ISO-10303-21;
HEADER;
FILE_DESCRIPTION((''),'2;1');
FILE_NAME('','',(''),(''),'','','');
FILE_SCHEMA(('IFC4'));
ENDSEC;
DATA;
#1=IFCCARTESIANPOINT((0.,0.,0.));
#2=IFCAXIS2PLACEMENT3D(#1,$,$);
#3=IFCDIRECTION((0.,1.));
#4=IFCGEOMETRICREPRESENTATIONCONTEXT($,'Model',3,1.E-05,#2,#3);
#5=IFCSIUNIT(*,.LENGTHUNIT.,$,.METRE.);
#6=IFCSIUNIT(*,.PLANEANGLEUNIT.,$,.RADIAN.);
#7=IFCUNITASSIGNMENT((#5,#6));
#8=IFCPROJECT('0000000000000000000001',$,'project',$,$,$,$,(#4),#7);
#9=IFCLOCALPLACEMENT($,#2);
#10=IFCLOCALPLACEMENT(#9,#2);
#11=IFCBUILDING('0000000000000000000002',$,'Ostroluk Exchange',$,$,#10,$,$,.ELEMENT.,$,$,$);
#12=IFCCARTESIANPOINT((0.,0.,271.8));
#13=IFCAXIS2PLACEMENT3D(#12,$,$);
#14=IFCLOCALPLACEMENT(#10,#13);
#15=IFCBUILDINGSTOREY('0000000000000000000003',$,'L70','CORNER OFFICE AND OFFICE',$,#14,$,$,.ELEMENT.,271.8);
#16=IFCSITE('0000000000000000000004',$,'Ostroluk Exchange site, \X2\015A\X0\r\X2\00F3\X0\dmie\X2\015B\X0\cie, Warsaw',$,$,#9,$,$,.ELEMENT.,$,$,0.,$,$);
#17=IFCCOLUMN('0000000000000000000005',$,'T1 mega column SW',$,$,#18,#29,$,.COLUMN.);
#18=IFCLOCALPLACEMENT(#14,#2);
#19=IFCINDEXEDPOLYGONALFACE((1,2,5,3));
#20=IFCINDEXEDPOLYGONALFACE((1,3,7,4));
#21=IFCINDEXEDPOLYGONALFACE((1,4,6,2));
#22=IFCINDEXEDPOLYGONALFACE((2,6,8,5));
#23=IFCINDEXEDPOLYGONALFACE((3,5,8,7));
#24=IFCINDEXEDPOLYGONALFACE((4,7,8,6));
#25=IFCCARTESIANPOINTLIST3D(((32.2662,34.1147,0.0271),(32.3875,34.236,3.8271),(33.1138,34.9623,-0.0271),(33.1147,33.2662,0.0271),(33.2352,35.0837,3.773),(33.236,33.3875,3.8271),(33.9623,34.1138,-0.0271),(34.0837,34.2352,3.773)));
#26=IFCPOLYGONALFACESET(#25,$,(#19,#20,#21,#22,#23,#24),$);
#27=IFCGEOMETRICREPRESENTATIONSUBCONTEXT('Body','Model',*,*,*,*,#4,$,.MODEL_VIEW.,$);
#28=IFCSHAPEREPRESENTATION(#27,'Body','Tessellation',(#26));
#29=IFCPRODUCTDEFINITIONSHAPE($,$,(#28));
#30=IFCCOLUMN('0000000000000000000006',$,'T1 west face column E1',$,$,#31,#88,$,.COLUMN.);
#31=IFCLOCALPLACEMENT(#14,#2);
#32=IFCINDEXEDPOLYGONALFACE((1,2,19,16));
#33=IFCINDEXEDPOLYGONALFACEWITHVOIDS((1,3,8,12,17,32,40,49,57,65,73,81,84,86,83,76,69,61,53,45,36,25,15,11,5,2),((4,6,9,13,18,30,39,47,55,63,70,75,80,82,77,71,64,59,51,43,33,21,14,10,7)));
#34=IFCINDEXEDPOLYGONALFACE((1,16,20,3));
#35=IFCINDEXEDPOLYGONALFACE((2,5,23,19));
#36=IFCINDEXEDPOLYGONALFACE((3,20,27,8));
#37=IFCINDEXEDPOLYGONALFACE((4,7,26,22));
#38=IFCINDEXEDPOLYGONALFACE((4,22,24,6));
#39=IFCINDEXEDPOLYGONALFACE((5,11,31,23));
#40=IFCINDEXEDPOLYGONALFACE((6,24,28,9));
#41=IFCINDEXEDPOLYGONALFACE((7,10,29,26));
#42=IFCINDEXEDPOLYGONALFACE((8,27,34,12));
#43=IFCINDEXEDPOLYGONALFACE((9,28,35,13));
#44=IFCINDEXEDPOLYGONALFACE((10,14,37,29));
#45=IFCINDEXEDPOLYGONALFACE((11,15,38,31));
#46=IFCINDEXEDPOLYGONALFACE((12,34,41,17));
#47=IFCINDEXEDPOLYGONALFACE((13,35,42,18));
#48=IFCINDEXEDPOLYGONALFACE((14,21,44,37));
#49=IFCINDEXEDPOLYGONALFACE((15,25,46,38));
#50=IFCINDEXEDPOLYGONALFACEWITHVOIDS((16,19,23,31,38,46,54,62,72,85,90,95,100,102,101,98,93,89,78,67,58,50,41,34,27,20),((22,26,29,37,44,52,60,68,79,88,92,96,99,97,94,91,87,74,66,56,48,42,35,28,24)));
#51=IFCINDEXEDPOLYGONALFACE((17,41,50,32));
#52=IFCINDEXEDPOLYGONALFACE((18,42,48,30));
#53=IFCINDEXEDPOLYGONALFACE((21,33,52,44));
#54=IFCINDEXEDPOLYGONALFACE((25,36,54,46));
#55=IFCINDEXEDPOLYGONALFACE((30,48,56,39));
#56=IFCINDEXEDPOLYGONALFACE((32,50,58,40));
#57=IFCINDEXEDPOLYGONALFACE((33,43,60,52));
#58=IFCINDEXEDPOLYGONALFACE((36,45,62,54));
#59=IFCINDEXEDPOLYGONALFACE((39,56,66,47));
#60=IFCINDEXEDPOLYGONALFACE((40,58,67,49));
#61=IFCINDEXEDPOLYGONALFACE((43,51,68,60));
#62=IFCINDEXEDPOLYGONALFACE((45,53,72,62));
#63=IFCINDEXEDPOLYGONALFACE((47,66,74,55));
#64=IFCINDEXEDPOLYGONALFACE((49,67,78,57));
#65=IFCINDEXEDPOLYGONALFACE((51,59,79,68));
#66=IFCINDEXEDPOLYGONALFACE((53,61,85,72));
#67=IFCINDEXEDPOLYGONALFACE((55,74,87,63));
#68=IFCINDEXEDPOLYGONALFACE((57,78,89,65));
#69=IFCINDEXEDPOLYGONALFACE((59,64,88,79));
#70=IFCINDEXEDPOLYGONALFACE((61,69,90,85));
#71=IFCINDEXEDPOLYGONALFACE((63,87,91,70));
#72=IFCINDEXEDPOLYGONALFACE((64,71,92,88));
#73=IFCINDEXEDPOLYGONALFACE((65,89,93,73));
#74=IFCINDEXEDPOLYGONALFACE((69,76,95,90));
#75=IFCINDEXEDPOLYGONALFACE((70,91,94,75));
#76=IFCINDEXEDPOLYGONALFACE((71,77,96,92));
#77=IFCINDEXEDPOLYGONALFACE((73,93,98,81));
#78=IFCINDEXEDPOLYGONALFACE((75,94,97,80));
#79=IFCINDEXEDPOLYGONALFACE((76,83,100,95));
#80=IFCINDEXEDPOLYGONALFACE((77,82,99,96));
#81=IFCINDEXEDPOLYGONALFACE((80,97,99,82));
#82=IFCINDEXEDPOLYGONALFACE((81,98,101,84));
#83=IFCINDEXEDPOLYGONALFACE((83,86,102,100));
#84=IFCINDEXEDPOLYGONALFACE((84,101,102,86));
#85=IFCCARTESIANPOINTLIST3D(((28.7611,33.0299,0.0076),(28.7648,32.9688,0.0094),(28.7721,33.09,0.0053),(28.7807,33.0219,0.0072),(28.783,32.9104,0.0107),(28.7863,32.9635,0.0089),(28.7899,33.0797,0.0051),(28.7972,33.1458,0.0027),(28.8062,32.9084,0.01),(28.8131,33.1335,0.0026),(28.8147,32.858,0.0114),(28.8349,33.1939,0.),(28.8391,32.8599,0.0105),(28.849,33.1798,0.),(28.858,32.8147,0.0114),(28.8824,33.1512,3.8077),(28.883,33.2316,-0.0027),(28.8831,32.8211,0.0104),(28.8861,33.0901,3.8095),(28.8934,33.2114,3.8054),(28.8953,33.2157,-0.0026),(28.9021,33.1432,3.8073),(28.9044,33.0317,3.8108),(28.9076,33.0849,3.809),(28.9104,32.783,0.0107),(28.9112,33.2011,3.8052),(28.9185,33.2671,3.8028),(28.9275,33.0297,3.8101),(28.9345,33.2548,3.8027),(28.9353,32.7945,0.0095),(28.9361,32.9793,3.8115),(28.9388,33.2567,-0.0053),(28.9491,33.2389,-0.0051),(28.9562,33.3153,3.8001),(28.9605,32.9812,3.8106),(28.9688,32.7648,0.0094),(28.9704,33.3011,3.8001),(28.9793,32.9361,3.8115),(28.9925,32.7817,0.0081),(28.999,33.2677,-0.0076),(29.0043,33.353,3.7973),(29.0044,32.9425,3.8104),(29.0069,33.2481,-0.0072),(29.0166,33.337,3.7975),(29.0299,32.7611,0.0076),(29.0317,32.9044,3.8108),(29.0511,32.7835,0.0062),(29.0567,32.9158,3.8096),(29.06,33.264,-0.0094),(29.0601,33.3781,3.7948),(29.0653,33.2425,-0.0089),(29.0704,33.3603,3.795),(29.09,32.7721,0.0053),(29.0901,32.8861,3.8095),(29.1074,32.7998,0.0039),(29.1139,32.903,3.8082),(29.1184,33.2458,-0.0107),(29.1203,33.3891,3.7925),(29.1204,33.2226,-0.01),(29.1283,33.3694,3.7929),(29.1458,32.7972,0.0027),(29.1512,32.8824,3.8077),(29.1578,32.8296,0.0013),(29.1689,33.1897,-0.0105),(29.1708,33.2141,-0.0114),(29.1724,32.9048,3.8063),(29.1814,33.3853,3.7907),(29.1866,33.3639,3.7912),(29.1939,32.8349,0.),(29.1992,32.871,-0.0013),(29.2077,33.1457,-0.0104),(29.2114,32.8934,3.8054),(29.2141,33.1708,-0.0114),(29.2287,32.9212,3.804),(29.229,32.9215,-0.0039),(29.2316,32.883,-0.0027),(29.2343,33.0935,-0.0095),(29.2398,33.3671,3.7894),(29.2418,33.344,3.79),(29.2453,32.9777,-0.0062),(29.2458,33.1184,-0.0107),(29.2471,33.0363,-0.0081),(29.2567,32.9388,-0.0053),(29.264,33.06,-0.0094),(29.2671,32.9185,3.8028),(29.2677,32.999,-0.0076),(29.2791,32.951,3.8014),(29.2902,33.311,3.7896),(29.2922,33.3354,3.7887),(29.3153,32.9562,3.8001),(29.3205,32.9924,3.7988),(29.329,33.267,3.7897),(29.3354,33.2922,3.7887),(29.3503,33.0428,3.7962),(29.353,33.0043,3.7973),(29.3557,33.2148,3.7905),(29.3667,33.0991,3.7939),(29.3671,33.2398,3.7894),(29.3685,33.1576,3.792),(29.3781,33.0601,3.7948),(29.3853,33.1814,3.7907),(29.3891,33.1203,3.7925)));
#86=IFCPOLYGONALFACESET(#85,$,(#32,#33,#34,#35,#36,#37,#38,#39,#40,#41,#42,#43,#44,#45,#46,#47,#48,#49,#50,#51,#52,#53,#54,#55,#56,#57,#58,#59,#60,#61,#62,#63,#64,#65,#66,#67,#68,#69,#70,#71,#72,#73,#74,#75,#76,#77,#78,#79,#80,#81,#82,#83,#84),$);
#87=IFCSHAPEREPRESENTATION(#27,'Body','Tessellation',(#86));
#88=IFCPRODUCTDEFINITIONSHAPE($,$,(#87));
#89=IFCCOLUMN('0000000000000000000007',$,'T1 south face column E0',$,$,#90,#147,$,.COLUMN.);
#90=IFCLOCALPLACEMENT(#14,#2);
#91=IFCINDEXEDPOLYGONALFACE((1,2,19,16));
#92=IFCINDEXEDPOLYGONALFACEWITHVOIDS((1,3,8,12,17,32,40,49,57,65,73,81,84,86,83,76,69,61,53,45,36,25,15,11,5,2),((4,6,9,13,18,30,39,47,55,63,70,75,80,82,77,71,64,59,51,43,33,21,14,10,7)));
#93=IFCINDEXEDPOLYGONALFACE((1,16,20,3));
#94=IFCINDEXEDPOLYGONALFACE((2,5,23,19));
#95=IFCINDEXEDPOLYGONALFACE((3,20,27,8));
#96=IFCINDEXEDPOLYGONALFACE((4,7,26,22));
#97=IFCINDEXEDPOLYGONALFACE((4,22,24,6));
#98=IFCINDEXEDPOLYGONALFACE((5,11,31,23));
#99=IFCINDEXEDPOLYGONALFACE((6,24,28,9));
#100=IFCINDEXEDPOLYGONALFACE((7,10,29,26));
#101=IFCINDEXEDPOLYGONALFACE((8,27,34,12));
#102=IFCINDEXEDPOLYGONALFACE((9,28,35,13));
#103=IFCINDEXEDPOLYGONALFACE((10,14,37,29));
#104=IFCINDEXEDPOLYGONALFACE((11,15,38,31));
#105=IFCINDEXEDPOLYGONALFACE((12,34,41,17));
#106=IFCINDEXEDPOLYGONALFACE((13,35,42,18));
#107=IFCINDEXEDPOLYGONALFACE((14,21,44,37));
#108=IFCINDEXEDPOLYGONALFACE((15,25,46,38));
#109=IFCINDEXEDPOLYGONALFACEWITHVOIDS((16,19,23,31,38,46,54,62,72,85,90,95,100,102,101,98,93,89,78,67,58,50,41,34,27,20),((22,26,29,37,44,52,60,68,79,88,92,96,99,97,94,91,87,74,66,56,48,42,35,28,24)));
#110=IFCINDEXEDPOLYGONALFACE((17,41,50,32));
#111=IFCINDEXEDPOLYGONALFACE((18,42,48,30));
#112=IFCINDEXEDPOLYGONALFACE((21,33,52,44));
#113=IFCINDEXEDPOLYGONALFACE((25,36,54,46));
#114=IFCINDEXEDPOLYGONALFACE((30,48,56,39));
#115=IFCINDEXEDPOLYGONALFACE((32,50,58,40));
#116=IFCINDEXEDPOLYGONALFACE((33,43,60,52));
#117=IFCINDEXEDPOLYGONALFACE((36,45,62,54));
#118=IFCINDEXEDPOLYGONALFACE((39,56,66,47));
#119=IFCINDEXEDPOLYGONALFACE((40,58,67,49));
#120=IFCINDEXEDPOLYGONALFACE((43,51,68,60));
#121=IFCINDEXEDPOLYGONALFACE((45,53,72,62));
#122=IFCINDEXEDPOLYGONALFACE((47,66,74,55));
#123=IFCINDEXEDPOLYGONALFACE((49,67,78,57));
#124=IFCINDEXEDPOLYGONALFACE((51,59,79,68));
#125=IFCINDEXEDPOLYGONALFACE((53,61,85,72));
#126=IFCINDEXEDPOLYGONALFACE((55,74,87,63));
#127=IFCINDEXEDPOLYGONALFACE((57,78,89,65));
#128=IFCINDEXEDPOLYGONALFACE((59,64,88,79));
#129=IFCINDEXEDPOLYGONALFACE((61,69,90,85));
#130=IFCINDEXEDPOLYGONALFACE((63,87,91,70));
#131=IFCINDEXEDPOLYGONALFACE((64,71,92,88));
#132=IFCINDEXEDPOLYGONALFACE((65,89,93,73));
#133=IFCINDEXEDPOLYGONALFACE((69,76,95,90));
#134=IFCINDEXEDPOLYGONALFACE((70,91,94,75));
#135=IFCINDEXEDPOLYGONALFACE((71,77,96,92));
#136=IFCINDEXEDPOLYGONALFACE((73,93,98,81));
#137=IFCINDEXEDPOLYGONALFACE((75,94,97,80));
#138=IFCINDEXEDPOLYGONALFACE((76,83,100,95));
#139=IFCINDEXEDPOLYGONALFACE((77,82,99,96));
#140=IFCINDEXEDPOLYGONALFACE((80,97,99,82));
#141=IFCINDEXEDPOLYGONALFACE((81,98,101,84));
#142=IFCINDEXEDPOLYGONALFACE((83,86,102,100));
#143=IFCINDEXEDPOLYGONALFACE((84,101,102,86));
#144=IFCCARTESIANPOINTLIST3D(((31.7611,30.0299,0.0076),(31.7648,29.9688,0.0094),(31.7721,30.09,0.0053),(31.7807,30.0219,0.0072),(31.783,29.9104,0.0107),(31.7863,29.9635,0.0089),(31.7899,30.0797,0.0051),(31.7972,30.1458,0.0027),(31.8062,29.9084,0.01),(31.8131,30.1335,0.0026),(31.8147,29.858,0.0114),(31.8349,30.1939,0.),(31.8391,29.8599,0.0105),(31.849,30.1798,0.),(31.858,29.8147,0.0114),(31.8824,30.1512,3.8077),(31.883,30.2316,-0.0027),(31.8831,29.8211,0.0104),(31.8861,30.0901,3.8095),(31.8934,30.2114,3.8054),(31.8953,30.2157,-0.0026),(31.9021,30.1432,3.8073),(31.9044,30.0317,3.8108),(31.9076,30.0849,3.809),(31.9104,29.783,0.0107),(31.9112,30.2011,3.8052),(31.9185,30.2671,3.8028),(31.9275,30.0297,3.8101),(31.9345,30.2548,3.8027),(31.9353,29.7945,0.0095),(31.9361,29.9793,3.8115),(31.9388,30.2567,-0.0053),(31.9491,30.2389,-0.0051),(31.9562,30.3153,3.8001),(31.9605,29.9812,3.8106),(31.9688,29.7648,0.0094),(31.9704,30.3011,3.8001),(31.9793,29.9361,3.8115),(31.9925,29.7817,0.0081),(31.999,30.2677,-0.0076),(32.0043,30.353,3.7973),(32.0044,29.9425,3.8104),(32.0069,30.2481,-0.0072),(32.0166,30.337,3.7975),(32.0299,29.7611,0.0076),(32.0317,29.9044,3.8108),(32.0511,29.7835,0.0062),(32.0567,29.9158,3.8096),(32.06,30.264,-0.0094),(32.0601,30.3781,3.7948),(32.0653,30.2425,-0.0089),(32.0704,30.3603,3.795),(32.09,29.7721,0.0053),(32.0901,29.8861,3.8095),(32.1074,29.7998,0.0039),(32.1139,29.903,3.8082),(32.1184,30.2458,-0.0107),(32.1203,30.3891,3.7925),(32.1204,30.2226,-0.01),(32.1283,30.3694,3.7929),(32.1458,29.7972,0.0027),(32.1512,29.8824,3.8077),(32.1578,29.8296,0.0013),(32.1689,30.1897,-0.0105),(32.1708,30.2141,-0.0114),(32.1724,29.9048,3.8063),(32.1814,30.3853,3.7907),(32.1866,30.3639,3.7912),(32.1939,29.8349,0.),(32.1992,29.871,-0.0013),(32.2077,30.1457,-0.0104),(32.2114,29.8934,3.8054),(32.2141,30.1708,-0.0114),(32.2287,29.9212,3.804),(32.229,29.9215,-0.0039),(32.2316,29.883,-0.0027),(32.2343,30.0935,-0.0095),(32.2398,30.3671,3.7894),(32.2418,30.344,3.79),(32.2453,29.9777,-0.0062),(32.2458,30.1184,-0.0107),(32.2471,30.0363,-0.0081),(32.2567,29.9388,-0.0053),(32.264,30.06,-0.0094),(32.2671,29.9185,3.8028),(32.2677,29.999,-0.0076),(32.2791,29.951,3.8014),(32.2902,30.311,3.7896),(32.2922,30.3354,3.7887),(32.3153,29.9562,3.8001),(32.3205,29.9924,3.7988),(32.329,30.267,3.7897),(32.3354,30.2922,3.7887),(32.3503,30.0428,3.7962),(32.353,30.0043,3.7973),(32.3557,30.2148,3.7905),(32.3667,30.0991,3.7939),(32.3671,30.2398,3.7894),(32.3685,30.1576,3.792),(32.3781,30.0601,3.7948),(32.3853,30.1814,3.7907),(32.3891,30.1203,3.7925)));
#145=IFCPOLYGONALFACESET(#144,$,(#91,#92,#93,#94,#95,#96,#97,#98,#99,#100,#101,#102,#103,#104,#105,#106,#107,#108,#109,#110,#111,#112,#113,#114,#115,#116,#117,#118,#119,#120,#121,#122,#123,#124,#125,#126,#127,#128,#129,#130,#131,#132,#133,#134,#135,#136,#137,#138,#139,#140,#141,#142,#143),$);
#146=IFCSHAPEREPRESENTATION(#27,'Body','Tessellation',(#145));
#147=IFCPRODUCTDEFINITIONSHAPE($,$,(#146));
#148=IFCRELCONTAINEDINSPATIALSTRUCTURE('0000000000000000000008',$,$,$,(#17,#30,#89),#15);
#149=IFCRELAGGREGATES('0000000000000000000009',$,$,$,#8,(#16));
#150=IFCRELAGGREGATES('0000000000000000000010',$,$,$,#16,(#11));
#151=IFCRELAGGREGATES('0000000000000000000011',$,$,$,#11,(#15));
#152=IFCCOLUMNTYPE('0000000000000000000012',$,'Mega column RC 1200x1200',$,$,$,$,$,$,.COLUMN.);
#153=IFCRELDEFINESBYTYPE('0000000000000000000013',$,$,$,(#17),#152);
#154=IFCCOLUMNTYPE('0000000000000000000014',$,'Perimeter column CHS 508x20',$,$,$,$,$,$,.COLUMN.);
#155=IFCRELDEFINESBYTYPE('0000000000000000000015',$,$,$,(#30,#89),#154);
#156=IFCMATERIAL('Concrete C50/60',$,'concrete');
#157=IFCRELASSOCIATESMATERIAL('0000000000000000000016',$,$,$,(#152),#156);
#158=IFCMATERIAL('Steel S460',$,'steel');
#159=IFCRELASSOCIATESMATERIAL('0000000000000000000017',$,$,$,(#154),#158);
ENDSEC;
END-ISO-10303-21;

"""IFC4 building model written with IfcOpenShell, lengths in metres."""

from ifc_helpers import new_model, si_unit, direction, frame, origin, origin_2d, place, context, subcontext, project, spatial, rectangle, hollow_circle, extrude, material, material_profile, profile_set, type_object, element, save


model = new_model("IFC4")

# Units and contexts
model_context = context("Model", 3, precision=1e-05, world=origin(), true_north=direction((0.0, 1.0)))
body_context = subcontext(model_context, "Body", "Model", "MODEL_VIEW")
ifc_project = project(units=[si_unit("LENGTHUNIT", "METRE"), si_unit("PLANEANGLEUNIT", "RADIAN")], contexts=[model_context])

# Site, building, storey
site_placement = place(None, origin())
site = spatial("IfcSite", under=ifc_project, at=site_placement, Name="Ostroluk Exchange site, Śródmieście, Warsaw", CompositionType="ELEMENT", RefElevation=0.0)
building_placement = place(site_placement, origin())
building = spatial("IfcBuilding", under=site, at=building_placement, Name="Ostroluk Exchange", CompositionType="ELEMENT")
storey_placement = place(building_placement, frame((0.0, 0.0, 271.8)))
storey = spatial("IfcBuildingStorey", under=building, at=storey_placement, Name="L70", Description="CORNER OFFICE AND OFFICE", CompositionType="ELEMENT", Elevation=271.8)

# Columns
ifc_material_1 = material(Name="Concrete C50/60", Category="concrete")
ifc_material_profile_1 = material_profile(ifc_material_1, rectangle(XDim=1.2, YDim=1.2, at=origin_2d()), Name="RC 1200x1200")
ifc_profile_set_1 = profile_set([ifc_material_profile_1], Name="Concrete C50/60")
column_type_1 = type_object("IfcColumnType", Name="Mega column RC 1200x1200", PredefinedType="COLUMN", material=ifc_profile_set_1)
column_1_placement = place(storey_placement, frame((33.1143, 34.1143, 0.0), z_axis=(0.031898, 0.031898, 0.998982), x_axis=(-0.707107, 0.707107, 0.0)))
element("IfcColumn", 1, at=column_1_placement, inside=storey, type_object=column_type_1, Name="T1 mega column SW", PredefinedType="COLUMN", context=body_context, shape_type="SweptSolid", body=[
    extrude(rectangle(XDim=1.2, YDim=1.2, at=origin_2d()), origin(), (0.0, 0.0, 1.0), 3.804),
])
ifc_material_2 = material(Name="Steel S460", Category="steel")
ifc_material_profile_2 = material_profile(ifc_material_2, hollow_circle(Radius=0.2539, WallThickness=0.02, at=origin_2d()), Name="CHS 508x20")
ifc_profile_set_2 = profile_set([ifc_material_profile_2], Name="Steel S460")
column_type_2 = type_object("IfcColumnType", Name="Perimeter column CHS 508x20", PredefinedType="COLUMN", material=ifc_profile_set_2)
for number, where, z_axis, x_axis, name in (
    (2, (29.0144, 33.0144, 0.0), (0.031898, 0.031898, 0.998982), (-0.707107, 0.707107, 0.0), "T1 west face column E1"),
    (3, (32.0144, 30.0144, 0.0), (0.031898, 0.031898, 0.998982), (-0.707107, 0.707107, 0.0), "T1 south face column E0"),
):
    element("IfcColumn", number, at=place(storey_placement, frame(where, z_axis=z_axis, x_axis=x_axis)), inside=storey, type_object=column_type_2, Name=name, PredefinedType="COLUMN", context=body_context, shape_type="SweptSolid", body=[
        extrude(hollow_circle(Radius=0.2539, WallThickness=0.02, at=origin_2d()), origin(), (0.0, 0.0, 1.0), 3.804),
    ])

save(model, "model.ifc")
